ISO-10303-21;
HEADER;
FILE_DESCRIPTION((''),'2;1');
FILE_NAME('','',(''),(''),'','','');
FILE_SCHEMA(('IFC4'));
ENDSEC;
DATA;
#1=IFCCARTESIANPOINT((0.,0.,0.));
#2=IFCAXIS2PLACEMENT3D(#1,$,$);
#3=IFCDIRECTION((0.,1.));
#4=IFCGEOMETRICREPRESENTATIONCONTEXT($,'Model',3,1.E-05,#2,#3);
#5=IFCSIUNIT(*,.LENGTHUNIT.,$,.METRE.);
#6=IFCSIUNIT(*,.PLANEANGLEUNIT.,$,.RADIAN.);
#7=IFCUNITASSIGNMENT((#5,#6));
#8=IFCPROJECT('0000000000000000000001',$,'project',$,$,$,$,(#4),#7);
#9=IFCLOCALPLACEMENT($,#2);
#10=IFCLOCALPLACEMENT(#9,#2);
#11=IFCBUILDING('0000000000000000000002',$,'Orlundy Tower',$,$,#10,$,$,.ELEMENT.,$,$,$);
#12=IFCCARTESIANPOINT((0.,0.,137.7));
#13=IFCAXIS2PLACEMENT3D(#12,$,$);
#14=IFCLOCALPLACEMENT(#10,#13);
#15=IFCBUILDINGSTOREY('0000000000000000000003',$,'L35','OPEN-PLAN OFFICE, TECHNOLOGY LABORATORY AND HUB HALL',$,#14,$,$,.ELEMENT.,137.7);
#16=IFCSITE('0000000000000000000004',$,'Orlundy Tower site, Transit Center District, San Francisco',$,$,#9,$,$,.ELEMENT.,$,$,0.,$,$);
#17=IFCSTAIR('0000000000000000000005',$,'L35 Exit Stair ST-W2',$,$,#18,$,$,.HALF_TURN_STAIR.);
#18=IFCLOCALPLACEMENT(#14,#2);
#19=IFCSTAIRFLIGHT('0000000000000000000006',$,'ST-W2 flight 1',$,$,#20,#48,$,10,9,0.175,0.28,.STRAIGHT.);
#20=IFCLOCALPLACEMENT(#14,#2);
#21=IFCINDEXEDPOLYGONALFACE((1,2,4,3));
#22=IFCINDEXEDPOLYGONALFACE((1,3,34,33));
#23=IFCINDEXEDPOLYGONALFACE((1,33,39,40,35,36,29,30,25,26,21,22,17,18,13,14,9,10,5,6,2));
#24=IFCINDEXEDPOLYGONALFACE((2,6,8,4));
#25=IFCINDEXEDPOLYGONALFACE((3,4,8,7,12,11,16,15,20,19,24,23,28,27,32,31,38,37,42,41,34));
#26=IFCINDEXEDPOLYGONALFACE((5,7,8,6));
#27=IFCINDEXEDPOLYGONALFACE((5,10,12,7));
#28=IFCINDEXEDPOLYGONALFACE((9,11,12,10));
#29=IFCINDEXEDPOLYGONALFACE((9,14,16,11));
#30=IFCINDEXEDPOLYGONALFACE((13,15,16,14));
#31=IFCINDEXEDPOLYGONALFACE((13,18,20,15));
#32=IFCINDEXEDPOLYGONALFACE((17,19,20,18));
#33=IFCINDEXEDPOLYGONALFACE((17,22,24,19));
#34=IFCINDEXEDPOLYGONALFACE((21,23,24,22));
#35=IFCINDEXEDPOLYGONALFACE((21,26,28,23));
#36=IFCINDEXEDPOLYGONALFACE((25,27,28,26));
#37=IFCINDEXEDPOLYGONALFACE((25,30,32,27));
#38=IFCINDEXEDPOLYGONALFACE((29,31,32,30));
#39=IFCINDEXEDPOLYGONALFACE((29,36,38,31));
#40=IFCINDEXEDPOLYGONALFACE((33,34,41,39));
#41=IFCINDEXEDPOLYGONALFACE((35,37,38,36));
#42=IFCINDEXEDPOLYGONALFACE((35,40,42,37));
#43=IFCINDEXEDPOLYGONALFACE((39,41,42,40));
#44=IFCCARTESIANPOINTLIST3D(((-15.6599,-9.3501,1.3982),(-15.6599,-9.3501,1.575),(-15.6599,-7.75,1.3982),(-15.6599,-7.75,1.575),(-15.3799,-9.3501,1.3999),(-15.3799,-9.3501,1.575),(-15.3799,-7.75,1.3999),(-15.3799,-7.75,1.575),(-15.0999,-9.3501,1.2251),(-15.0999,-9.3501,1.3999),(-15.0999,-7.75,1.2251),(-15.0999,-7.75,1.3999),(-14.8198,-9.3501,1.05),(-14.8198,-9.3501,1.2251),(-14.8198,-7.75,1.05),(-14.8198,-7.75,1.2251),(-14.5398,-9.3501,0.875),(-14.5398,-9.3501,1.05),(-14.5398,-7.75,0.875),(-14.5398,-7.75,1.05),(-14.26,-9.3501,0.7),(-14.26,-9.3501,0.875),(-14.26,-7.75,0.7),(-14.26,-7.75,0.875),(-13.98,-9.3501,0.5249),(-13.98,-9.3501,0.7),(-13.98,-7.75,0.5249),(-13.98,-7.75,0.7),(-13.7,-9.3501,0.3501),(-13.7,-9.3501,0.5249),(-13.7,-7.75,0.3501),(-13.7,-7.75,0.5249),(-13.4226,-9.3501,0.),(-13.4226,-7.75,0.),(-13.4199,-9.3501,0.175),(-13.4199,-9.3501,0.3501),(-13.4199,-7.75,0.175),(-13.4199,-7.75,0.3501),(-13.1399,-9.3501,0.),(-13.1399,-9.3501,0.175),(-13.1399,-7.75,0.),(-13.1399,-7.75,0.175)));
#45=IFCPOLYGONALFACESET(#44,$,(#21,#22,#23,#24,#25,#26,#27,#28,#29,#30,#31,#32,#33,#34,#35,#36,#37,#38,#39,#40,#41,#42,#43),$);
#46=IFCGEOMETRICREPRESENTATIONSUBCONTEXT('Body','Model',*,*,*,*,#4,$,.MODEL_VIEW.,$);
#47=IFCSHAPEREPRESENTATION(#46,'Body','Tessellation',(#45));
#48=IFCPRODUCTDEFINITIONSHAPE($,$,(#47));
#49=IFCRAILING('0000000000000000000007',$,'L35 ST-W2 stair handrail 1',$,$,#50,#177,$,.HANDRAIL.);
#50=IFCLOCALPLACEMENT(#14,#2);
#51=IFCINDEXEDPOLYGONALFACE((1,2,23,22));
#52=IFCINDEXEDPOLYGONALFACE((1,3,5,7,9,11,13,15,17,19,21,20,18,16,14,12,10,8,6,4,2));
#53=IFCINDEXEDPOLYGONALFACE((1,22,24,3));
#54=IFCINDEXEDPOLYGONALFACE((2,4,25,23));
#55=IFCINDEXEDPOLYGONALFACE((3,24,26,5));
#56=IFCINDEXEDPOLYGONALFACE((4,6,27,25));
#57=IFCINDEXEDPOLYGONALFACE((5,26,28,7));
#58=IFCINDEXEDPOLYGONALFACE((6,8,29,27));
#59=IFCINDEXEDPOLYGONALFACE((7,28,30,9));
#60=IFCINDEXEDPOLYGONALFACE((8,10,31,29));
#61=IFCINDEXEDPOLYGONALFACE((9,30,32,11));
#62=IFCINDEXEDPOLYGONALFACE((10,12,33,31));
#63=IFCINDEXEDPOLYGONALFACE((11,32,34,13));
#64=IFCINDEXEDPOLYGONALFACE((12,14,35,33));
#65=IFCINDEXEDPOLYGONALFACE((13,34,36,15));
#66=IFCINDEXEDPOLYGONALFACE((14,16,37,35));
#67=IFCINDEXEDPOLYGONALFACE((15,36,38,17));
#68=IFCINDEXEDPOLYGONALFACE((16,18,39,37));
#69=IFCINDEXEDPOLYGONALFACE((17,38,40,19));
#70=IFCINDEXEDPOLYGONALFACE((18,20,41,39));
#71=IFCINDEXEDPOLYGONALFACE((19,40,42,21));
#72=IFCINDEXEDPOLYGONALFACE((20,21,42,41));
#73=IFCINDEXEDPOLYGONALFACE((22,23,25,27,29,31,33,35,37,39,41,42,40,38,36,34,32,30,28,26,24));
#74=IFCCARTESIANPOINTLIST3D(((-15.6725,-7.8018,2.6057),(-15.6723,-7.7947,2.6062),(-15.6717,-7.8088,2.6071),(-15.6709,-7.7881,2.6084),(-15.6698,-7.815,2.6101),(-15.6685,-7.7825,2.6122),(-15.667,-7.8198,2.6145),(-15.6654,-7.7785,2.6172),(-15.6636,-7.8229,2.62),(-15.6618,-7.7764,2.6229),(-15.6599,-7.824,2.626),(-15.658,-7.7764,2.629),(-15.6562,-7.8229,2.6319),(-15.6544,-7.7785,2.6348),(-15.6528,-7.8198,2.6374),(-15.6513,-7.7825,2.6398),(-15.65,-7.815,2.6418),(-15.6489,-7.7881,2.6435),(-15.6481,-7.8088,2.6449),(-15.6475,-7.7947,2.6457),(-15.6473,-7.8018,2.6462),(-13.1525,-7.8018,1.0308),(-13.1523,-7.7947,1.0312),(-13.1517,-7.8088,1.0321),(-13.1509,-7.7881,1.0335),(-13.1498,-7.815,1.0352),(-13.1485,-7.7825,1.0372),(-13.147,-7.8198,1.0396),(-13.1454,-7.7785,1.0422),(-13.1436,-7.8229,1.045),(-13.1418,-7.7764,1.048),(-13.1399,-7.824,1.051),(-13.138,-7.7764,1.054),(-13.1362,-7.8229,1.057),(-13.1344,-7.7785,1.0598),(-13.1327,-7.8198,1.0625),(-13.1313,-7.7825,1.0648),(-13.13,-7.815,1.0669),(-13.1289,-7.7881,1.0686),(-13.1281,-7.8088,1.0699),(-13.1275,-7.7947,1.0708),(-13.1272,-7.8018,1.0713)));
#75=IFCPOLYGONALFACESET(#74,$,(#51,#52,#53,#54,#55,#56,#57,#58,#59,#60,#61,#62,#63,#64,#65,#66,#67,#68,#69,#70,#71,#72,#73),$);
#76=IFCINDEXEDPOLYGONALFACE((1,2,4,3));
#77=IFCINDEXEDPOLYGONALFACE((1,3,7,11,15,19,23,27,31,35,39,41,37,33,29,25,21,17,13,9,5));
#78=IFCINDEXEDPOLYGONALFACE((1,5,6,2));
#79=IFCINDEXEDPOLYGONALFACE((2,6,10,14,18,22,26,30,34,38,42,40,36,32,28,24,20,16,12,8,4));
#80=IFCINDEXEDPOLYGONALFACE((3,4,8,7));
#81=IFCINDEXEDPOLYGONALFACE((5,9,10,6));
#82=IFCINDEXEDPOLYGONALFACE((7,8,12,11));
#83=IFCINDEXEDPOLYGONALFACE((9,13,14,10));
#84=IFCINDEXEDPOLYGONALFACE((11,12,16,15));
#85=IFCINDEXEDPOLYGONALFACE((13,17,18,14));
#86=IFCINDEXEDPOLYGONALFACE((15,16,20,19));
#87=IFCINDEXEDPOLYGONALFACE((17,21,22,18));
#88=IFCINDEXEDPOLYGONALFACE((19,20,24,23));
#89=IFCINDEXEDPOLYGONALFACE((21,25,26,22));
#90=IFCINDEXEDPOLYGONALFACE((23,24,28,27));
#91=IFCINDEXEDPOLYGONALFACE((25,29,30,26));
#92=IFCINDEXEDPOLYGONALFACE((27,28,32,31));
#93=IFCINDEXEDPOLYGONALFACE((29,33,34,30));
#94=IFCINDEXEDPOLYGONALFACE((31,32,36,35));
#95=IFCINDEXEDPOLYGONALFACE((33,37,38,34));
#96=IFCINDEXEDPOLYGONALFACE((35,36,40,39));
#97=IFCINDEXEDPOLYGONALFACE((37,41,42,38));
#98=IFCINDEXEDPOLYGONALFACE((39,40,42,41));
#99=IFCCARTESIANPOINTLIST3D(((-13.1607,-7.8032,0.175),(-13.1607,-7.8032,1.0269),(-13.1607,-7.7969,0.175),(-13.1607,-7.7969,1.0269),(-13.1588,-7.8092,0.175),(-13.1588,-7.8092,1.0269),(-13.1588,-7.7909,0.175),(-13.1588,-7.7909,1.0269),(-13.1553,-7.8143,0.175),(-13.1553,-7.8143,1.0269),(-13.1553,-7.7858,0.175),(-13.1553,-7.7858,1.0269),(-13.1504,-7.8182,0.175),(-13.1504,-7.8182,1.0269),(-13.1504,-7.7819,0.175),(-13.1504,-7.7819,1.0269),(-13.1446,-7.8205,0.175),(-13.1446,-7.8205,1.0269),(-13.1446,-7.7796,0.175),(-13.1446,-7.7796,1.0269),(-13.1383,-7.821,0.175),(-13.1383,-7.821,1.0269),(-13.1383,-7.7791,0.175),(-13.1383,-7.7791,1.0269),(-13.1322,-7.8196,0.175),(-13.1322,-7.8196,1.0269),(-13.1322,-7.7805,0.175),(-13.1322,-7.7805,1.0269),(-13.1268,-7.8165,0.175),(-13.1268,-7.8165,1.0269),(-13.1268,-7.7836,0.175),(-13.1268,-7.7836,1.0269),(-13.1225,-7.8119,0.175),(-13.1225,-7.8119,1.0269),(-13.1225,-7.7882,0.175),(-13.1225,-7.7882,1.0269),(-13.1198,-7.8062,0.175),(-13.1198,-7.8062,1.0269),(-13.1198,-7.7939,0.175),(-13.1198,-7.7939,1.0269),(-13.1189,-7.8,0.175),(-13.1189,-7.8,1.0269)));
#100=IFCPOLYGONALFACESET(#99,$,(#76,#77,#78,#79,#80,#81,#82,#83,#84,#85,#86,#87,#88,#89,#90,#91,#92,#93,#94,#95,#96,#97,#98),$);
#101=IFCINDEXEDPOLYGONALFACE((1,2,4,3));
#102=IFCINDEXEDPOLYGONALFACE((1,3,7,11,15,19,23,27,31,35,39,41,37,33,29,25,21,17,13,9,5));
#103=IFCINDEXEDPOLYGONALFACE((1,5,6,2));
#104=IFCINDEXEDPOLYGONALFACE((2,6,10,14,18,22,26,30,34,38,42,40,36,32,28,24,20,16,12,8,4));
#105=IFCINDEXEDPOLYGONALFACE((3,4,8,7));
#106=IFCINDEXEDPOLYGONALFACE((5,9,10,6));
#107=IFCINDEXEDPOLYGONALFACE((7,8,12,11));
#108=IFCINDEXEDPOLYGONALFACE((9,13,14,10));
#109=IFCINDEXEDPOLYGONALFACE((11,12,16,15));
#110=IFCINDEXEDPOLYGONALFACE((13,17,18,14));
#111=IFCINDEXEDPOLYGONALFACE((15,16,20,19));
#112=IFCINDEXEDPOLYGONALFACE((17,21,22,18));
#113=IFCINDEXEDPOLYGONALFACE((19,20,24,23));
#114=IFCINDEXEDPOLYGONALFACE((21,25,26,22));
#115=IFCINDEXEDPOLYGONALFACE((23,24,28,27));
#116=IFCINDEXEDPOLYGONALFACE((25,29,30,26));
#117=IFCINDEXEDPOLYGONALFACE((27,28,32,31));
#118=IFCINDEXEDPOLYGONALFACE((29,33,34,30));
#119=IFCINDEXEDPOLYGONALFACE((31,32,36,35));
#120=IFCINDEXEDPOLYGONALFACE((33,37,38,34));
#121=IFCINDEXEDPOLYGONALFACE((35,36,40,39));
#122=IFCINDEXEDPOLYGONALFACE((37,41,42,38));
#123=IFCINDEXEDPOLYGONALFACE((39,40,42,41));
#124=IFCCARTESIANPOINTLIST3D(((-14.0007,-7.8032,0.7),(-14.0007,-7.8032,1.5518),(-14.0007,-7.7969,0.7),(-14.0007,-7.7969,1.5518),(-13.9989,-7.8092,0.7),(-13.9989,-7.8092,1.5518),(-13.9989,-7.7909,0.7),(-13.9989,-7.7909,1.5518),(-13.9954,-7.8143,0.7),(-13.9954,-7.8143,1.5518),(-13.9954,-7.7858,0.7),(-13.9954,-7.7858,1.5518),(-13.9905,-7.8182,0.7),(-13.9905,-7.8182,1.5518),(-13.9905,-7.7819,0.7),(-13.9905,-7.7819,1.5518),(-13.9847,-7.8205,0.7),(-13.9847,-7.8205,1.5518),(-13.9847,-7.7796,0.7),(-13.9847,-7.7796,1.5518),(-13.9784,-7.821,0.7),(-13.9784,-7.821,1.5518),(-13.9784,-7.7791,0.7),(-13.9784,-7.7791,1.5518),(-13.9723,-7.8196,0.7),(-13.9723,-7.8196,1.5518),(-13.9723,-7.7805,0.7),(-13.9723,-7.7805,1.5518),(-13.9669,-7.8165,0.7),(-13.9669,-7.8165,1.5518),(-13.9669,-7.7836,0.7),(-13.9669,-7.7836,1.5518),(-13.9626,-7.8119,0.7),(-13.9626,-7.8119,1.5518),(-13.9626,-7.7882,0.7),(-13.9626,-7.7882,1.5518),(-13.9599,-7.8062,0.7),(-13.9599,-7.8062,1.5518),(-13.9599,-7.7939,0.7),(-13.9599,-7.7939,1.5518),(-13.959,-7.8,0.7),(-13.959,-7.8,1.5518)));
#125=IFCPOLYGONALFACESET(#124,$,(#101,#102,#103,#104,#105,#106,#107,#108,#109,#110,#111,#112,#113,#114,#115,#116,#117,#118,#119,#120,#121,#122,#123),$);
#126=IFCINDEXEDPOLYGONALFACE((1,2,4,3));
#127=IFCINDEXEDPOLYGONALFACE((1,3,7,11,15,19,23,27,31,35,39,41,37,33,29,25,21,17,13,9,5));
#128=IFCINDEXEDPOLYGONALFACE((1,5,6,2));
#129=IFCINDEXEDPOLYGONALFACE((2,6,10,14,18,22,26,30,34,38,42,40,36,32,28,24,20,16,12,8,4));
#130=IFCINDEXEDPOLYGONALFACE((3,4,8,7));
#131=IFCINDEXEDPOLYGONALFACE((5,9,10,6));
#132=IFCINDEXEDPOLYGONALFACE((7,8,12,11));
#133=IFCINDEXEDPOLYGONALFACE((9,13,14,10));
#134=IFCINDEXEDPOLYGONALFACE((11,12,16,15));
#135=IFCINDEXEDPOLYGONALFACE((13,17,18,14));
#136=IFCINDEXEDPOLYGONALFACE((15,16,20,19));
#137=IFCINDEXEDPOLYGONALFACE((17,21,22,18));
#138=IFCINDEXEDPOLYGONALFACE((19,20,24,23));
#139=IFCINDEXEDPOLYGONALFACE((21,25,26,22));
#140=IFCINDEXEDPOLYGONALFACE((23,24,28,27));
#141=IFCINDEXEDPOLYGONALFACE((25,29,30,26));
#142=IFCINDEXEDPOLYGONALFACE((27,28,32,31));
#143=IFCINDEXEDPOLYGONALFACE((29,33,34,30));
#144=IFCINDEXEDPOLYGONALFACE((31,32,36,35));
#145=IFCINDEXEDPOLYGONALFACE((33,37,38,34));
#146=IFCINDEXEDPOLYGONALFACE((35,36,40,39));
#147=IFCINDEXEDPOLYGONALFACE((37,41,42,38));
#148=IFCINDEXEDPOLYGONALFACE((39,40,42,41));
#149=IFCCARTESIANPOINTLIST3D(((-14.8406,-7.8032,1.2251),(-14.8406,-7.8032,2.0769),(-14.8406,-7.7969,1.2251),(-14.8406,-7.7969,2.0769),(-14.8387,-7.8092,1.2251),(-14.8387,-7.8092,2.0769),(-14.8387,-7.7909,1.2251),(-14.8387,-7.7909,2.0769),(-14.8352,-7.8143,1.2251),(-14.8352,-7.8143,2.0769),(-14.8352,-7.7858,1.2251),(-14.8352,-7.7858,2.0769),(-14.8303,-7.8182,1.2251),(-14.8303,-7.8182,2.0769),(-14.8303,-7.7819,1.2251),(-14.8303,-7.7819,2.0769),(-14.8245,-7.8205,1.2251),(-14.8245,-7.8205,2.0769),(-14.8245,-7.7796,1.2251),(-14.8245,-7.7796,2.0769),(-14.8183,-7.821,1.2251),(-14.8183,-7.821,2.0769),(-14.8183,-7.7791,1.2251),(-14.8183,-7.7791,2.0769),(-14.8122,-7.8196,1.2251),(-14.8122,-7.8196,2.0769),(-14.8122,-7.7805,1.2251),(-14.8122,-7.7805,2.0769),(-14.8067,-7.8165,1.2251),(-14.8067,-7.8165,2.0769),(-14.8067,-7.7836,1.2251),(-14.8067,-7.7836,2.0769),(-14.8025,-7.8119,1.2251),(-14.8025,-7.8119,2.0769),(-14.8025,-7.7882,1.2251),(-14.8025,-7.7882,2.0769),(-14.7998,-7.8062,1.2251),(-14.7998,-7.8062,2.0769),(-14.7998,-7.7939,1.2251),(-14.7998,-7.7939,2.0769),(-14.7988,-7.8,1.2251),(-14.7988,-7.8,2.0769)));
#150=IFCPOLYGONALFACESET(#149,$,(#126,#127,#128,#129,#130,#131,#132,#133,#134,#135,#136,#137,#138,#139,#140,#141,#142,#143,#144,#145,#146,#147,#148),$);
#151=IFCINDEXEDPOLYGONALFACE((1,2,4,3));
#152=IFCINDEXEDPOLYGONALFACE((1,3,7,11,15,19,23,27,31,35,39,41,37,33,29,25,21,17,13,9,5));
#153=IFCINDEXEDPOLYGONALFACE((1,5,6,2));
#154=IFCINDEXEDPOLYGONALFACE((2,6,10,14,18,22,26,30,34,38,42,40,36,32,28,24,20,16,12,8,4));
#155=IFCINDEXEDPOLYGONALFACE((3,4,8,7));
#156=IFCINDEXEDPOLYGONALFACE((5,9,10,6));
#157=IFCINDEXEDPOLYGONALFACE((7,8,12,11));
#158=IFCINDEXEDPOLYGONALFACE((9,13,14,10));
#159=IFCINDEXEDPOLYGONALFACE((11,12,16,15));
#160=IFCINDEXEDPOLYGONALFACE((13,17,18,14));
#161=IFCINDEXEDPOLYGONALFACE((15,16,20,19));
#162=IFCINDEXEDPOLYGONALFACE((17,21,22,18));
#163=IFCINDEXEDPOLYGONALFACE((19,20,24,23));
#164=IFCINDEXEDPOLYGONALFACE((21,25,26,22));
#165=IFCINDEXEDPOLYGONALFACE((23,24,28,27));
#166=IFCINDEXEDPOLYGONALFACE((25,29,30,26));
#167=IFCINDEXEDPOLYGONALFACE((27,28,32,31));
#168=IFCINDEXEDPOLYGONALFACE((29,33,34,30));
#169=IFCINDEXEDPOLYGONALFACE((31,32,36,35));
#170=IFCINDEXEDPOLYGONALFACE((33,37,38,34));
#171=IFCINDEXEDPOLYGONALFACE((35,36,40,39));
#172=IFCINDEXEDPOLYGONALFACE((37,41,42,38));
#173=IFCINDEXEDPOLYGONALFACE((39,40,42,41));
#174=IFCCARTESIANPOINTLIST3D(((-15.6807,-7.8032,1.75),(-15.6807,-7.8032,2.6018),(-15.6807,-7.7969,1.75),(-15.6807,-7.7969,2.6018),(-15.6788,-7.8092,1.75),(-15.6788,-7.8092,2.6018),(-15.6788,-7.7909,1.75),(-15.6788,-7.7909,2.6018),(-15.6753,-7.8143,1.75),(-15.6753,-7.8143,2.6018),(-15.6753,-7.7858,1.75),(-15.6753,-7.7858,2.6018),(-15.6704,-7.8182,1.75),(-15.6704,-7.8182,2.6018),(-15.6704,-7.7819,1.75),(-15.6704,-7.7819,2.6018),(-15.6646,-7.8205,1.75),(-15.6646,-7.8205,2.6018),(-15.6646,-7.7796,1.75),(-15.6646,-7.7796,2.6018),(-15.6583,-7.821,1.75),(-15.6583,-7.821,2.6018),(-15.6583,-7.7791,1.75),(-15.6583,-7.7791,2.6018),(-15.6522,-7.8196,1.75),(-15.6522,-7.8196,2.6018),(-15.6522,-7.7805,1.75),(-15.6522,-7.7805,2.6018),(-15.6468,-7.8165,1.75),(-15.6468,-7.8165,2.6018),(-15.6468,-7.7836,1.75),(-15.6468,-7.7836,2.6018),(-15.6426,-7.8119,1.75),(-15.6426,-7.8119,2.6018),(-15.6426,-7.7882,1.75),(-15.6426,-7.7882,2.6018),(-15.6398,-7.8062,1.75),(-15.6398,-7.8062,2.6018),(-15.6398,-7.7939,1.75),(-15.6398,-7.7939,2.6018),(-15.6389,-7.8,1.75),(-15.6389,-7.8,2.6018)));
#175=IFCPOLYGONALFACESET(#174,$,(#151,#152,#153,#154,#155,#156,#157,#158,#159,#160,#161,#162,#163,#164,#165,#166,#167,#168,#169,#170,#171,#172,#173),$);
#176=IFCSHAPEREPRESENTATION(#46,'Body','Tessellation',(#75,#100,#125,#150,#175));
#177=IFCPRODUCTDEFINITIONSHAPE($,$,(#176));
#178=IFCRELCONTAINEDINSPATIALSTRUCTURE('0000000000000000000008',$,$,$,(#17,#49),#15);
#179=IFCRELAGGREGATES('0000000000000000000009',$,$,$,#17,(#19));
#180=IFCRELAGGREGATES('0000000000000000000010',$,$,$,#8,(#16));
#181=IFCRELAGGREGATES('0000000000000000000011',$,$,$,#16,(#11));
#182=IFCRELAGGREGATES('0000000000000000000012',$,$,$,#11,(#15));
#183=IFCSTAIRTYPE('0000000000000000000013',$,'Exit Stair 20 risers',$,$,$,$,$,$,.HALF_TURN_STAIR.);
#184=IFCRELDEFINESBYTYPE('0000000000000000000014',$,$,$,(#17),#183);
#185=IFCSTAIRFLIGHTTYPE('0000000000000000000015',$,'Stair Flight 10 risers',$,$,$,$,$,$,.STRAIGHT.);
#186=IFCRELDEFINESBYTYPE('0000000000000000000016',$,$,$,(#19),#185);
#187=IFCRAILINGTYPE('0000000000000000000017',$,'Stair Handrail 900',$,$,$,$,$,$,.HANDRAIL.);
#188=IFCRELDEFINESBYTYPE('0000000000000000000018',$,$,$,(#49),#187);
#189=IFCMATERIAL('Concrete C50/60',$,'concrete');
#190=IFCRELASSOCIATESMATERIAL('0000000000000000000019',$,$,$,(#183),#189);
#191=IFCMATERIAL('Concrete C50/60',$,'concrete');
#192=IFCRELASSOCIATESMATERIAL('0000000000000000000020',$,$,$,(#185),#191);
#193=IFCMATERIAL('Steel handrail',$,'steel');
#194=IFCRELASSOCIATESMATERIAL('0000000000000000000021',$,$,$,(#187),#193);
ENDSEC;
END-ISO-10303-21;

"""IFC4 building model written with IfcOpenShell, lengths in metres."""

from ifc_helpers import new_model, si_unit, direction, frame, origin, origin_2d, place, context, subcontext, project, spatial, polyline, circle, outline, extrude, material, type_object, element, aggregate, save


model = new_model("IFC4")

# Units and contexts
model_context = context("Model", 3, precision=1e-05, world=origin(), true_north=direction((0.0, 1.0)))
body_context = subcontext(model_context, "Body", "Model", "MODEL_VIEW")
ifc_project = project(units=[si_unit("LENGTHUNIT", "METRE"), si_unit("PLANEANGLEUNIT", "RADIAN")], contexts=[model_context])

# Site, building, storey
site_placement = place(None, origin())
site = spatial("IfcSite", under=ifc_project, at=site_placement, Name="Orlundy Tower site, Transit Center District, San Francisco", CompositionType="ELEMENT", RefElevation=0.0)
building_placement = place(site_placement, origin())
building = spatial("IfcBuilding", under=site, at=building_placement, Name="Orlundy Tower", CompositionType="ELEMENT")
storey_placement = place(building_placement, frame((0.0, 0.0, 137.7)))
storey = spatial("IfcBuildingStorey", under=building, at=storey_placement, Name="L35", Description="OPEN-PLAN OFFICE, TECHNOLOGY LABORATORY AND HUB HALL", CompositionType="ELEMENT", Elevation=137.7)

# Stair, stair flight
ifc_material_1 = material(Name="Concrete C50/60", Category="concrete")
stair_type = type_object("IfcStairType", Name="Exit Stair 20 risers", PredefinedType="HALF_TURN_STAIR", material=ifc_material_1)
stair_placement = place(storey_placement, origin())
stair = element("IfcStair", 1, at=stair_placement, inside=storey, type_object=stair_type, Name="L35 Exit Stair ST-W2", PredefinedType="HALF_TURN_STAIR")
ifc_material_2 = material(Name="Concrete C50/60", Category="concrete")
stair_flight_type = type_object("IfcStairFlightType", Name="Stair Flight 10 risers", PredefinedType="STRAIGHT", material=ifc_material_2)
stair_flight_placement = place(storey_placement, frame((-13.1399, -8.55, 0.0), z_axis=(0.0, 0.0, 1.0), x_axis=(-1.0, 0.0, 0.0)))
stair_flight = element("IfcStairFlight", 2, at=stair_flight_placement, type_object=stair_flight_type, Name="ST-W2 flight 1", NumberOfRisers=10, NumberOfTreads=9, PredefinedType="STRAIGHT", RiserHeight=0.175, TreadLength=0.28, context=body_context, shape_type="SweptSolid", body=[
    extrude(outline(polyline([(0.0, 0.0), (0.0, 0.175), (0.28, 0.175), (0.28, 0.3501), (0.5601, 0.3501), (0.5601, 0.5249), (0.8401, 0.5249), (0.8401, 0.7), (1.1201, 0.7), (1.1201, 0.875), (1.3999, 0.875), (1.3999, 1.05), (1.6799, 1.05), (1.6799, 1.2251), (1.96, 1.2251), (1.96, 1.3999), (2.24, 1.3999), (2.24, 1.575), (2.52, 1.575), (2.52, 1.75), (2.52, 1.3982), (0.2827, 0.0), (0.0, 0.0)])), frame((0.0, 0.8, 0.0), z_axis=(0.0, -1.0, 0.0), x_axis=(1.0, 0.0, 0.0)), (0.0, 0.0, 1.0), 1.6001),
])
aggregate(stair, [stair_flight])

# Railing
ifc_material_3 = material(Name="Steel handrail", Category="steel")
railing_type_1 = type_object("IfcRailingType", Name="Stair Handrail 900", PredefinedType="HANDRAIL", material=ifc_material_3)
railing_1_placement = place(storey_placement, frame((-13.1399, -7.8, 0.175)))
element("IfcRailing", 3, at=railing_1_placement, inside=storey, type_object=railing_type_1, Name="L35 ST-W2 stair handrail 1", PredefinedType="HANDRAIL", context=body_context, shape_type="SweptSolid", body=[
    extrude(circle(Radius=0.0239, at=origin_2d()), frame((0.0, 0.0, 0.876), z_axis=(-0.848008, 0.0, 0.529984), x_axis=(0.0, -1.0, 0.0)), (0.0, 0.0, 1.0), 2.9717),
    extrude(circle(Radius=0.021, at=origin_2d()), origin(), (0.0, 0.0, 1.0), 0.8518),
    extrude(circle(Radius=0.021, at=origin_2d()), frame((-0.8401, 0.0, 0.5249)), (0.0, 0.0, 1.0), 0.8518),
    extrude(circle(Radius=0.021, at=origin_2d()), frame((-1.6799, 0.0, 1.05)), (0.0, 0.0, 1.0), 0.8518),
    extrude(circle(Radius=0.021, at=origin_2d()), frame((-2.52, 0.0, 1.575)), (0.0, 0.0, 1.0), 0.8518),
])

save(model, "model.ifc")
